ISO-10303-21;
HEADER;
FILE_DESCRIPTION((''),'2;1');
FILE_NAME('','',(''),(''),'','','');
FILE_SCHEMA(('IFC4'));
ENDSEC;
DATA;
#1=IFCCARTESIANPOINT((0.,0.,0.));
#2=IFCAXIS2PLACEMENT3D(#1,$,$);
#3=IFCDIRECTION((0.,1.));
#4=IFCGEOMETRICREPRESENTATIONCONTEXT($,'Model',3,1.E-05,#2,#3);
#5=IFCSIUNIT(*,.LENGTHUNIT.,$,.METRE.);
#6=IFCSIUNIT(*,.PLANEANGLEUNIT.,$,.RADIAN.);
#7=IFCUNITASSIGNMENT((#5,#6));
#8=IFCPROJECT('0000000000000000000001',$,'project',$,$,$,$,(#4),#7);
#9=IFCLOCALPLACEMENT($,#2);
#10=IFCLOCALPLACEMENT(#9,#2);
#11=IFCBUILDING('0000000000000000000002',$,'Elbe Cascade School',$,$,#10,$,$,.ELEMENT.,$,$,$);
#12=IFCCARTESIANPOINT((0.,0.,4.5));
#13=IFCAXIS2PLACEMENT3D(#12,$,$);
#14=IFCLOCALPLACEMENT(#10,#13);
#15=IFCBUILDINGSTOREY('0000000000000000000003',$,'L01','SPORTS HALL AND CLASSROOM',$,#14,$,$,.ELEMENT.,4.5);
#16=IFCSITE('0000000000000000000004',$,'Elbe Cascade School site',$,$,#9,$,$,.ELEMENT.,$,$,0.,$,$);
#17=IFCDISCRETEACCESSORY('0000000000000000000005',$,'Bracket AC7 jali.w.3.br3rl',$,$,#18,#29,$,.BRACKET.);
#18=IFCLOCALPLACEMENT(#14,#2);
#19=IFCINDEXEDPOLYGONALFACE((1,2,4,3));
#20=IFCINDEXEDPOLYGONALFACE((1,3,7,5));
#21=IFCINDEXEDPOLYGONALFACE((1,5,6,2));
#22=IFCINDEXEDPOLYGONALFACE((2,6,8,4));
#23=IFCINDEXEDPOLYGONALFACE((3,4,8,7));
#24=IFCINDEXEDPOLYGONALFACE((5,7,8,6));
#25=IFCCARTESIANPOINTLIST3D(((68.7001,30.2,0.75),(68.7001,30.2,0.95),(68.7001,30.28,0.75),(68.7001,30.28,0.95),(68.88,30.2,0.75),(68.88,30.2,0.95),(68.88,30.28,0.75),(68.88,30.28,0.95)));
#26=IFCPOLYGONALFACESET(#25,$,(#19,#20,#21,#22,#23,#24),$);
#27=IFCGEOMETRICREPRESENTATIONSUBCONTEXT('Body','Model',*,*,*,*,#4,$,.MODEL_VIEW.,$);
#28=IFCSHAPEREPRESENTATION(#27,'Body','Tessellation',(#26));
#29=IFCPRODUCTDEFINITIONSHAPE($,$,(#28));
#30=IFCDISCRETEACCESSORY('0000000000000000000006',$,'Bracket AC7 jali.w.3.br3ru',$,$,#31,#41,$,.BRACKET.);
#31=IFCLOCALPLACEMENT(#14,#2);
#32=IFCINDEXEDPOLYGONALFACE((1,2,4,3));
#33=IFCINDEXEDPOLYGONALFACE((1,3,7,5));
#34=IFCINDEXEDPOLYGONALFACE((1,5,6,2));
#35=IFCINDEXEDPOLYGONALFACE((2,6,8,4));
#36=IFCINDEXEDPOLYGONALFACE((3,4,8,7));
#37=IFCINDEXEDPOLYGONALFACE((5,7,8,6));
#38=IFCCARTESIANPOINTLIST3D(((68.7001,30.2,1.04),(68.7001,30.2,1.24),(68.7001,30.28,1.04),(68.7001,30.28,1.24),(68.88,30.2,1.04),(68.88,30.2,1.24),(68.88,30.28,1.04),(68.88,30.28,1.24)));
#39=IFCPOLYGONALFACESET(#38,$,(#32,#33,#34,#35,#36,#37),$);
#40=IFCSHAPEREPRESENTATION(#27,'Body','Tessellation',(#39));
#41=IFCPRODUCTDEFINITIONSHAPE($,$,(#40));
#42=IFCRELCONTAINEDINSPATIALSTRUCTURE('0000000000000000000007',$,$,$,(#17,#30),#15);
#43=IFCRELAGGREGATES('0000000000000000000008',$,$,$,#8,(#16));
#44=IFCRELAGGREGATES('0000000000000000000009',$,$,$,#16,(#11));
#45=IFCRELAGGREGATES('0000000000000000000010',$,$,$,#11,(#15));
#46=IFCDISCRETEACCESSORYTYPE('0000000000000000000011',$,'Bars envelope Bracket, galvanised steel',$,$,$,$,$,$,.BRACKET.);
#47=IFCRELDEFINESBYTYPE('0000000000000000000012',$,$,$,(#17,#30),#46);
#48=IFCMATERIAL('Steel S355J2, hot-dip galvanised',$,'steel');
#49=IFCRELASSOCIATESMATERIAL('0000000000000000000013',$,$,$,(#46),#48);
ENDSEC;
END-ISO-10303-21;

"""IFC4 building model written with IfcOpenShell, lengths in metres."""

from ifc_helpers import new_model, si_unit, direction, frame, origin, origin_2d, place, context, subcontext, project, spatial, rectangle, extrude, material, type_object, element, save


model = new_model("IFC4")

# Units and contexts
model_context = context("Model", 3, precision=1e-05, world=origin(), true_north=direction((0.0, 1.0)))
body_context = subcontext(model_context, "Body", "Model", "MODEL_VIEW")
ifc_project = project(units=[si_unit("LENGTHUNIT", "METRE"), si_unit("PLANEANGLEUNIT", "RADIAN")], contexts=[model_context])

# Site, building, storey
site_placement = place(None, origin())
site = spatial("IfcSite", under=ifc_project, at=site_placement, Name="Elbe Cascade School site", CompositionType="ELEMENT", RefElevation=0.0)
building_placement = place(site_placement, origin())
building = spatial("IfcBuilding", under=site, at=building_placement, Name="Elbe Cascade School", CompositionType="ELEMENT")
storey_placement = place(building_placement, frame((0.0, 0.0, 4.5)))
storey = spatial("IfcBuildingStorey", under=building, at=storey_placement, Name="L01", Description="SPORTS HALL AND CLASSROOM", CompositionType="ELEMENT", Elevation=4.5)

# Discrete accessories
ifc_material_1 = material(Name="Steel S355J2, hot-dip galvanised", Category="steel")
discrete_accessory_type = type_object("IfcDiscreteAccessoryType", Name="Bars envelope Bracket, galvanised steel", PredefinedType="BRACKET", material=ifc_material_1)
for number, where, z_axis, x_axis, name in (
    (1, (68.79, 30.24, 0.75), (0.0, 0.0, 1.0), (0.0, 1.0, 0.0), "Bracket AC7 jali.w.3.br3rl"),
    (2, (68.79, 30.24, 1.04), (0.0, 0.0, 1.0), (0.0, 1.0, 0.0), "Bracket AC7 jali.w.3.br3ru"),
):
    element("IfcDiscreteAccessory", number, at=place(storey_placement, frame(where, z_axis=z_axis, x_axis=x_axis)), inside=storey, type_object=discrete_accessory_type, Name=name, PredefinedType="BRACKET", context=body_context, shape_type="SweptSolid", body=[
        extrude(rectangle(XDim=0.0801, YDim=0.1799, at=origin_2d()), origin(), (0.0, 0.0, 1.0), 0.2),
    ])

save(model, "model.ifc")
